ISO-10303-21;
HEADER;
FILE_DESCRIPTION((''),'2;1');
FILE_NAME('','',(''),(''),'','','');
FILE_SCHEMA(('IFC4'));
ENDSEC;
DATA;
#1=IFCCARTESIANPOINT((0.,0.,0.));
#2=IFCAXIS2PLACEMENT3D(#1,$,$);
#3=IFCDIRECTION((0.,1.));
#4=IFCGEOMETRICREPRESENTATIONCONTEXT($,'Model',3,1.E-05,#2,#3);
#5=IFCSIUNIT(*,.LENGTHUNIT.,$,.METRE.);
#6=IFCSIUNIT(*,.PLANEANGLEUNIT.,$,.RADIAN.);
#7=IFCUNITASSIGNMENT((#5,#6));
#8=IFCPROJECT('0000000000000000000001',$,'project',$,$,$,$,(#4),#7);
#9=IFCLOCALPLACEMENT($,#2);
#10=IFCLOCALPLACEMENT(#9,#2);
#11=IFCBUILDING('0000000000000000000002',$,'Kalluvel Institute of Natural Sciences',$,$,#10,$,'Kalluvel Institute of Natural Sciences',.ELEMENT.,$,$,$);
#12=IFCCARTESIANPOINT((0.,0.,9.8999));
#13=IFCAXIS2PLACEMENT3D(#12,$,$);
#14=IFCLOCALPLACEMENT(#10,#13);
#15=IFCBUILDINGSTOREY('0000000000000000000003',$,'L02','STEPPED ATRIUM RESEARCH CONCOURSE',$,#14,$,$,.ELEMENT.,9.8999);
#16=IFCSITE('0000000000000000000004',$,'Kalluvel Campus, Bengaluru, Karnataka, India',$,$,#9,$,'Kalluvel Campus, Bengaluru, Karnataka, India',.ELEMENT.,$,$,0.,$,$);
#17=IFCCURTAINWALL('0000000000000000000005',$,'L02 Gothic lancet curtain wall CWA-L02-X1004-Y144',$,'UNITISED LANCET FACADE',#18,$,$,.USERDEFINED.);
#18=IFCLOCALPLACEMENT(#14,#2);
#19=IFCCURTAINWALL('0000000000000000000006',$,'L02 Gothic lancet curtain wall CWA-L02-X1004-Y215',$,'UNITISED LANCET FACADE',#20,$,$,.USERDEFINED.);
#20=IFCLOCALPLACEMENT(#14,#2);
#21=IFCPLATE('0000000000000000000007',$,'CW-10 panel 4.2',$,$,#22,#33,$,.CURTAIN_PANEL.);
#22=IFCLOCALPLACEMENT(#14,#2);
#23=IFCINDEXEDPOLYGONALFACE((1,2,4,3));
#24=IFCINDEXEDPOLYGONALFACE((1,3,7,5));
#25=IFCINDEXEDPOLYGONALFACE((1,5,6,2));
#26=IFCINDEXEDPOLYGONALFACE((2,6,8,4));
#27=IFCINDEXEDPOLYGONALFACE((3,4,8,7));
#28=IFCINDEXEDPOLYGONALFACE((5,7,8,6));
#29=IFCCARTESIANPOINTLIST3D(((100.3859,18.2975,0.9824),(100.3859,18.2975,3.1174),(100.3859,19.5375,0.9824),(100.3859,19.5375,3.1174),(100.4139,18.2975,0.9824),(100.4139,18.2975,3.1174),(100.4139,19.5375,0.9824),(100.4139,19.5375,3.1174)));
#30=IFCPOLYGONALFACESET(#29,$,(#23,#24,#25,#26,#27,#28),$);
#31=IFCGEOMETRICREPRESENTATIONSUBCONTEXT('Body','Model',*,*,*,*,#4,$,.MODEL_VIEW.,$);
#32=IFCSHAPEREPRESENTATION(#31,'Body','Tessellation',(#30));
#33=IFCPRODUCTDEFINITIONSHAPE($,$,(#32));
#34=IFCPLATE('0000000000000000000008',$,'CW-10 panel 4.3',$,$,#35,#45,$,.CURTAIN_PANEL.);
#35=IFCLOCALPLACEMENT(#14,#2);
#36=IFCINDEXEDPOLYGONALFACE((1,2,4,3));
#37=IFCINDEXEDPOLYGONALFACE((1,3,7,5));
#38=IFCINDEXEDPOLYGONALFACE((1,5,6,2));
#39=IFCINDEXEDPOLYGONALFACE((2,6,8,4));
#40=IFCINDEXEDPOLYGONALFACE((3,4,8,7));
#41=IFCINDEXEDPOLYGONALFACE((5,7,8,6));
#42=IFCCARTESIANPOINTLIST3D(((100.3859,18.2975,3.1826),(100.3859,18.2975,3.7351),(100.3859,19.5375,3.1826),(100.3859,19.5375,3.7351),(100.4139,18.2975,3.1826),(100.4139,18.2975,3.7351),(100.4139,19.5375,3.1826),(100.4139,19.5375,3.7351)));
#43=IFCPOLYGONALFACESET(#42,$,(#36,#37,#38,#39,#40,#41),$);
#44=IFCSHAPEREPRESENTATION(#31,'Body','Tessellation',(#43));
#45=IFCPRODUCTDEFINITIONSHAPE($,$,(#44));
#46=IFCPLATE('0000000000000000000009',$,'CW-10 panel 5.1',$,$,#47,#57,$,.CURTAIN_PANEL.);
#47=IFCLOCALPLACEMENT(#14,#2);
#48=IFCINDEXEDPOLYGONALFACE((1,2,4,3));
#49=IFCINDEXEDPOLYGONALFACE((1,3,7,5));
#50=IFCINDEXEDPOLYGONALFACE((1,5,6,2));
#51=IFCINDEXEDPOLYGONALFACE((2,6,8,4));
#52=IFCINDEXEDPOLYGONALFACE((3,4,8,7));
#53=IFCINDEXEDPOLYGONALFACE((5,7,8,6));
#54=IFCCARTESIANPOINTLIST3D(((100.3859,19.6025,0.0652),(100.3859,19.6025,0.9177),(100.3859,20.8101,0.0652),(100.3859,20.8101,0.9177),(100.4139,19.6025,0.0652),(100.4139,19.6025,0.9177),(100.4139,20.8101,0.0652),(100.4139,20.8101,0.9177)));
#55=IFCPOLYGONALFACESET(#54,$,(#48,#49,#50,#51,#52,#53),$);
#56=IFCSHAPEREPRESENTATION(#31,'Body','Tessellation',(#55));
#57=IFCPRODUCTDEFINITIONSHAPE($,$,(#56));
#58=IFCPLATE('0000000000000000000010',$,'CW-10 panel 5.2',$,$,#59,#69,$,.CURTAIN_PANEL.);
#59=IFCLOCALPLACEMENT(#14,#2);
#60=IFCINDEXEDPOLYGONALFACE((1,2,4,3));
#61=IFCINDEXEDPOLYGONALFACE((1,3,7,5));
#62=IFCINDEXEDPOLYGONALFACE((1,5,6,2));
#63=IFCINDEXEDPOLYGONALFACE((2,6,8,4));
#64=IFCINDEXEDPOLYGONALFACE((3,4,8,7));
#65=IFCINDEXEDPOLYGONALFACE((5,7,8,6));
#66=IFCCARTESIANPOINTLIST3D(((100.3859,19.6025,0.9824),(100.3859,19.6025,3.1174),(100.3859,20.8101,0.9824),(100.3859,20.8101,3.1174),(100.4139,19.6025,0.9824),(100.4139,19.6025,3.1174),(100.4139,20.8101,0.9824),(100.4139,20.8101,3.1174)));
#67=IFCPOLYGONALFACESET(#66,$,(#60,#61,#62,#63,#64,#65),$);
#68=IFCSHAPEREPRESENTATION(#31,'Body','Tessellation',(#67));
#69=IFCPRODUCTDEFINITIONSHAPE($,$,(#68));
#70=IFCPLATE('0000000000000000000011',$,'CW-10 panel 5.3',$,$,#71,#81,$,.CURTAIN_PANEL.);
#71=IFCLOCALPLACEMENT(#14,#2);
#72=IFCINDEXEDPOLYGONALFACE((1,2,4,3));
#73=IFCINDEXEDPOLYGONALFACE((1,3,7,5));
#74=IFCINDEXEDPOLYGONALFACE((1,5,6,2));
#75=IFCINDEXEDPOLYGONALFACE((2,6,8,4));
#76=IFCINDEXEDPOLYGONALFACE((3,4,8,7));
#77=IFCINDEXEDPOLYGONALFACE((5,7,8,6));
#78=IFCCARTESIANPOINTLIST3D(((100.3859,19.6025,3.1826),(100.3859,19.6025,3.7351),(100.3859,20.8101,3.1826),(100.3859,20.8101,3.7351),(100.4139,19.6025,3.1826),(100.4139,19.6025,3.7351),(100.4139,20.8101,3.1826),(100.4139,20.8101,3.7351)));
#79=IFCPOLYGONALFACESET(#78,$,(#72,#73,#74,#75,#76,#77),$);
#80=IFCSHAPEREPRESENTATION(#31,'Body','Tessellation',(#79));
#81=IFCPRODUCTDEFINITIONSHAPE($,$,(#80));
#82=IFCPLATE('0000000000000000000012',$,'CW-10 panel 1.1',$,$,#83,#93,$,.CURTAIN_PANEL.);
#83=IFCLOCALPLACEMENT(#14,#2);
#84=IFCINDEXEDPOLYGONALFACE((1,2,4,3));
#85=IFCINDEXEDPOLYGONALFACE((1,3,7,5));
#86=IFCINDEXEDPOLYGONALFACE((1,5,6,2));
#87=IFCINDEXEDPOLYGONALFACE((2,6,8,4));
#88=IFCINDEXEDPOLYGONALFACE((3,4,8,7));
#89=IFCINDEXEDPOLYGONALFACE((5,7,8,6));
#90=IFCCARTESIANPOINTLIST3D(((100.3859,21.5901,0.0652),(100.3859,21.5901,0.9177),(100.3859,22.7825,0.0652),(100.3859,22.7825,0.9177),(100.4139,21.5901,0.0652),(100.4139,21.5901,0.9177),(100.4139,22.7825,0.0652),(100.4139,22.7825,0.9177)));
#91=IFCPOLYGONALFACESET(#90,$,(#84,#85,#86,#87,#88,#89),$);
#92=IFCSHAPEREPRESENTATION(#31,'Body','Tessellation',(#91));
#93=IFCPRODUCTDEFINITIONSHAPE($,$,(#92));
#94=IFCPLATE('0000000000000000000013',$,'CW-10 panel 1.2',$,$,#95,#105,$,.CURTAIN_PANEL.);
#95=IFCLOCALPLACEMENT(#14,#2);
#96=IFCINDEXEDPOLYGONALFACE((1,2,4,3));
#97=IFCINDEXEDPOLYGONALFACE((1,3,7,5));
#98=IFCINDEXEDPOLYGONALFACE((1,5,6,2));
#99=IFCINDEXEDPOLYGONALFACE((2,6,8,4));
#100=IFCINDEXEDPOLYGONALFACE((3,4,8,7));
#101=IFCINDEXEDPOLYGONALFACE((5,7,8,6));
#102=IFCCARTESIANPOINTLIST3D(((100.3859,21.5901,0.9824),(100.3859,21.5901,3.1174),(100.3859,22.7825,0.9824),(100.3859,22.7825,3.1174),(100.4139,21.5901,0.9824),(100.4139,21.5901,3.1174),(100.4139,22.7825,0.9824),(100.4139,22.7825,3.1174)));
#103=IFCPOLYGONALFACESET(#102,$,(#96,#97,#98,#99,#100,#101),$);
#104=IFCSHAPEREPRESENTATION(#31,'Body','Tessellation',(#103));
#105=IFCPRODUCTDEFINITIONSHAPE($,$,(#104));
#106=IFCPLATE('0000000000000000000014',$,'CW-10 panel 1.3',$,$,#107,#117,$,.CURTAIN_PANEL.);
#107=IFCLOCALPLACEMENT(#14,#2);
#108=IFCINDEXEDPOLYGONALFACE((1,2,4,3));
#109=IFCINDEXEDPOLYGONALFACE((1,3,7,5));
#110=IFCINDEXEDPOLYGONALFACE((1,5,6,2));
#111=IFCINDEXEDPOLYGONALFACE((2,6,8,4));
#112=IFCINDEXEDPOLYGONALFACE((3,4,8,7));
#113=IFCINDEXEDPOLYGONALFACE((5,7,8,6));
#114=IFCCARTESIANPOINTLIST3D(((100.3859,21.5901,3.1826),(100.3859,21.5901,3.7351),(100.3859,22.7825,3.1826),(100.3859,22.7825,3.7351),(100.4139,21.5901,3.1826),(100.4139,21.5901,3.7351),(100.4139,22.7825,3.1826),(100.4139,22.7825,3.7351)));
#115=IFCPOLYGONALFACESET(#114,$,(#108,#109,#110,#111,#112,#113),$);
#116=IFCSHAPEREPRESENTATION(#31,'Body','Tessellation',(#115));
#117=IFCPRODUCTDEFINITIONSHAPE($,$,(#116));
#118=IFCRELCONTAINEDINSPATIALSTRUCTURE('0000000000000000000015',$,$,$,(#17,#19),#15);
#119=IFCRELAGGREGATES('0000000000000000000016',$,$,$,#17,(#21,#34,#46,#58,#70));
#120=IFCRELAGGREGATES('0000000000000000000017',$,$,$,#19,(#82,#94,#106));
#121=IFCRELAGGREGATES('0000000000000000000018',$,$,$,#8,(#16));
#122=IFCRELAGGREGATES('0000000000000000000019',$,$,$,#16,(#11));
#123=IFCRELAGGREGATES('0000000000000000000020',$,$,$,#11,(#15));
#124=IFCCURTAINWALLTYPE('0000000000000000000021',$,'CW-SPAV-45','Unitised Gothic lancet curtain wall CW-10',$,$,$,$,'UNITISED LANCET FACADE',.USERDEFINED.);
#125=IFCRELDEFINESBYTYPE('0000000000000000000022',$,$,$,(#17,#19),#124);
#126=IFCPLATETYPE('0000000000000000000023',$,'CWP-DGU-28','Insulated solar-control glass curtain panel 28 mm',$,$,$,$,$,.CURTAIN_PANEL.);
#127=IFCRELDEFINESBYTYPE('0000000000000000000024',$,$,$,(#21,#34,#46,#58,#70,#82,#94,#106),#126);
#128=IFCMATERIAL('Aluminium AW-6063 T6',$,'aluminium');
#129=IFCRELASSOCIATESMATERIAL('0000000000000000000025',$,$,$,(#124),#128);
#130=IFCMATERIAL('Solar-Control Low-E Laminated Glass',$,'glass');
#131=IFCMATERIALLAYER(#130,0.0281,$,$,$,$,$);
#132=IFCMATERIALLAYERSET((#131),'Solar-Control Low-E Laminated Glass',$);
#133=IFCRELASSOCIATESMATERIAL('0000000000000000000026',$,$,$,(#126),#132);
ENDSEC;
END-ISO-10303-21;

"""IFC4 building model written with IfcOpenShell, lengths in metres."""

from ifc_helpers import new_model, si_unit, direction, frame, origin, origin_2d, place, context, subcontext, project, spatial, rectangle, extrude, material, layer, layer_set, type_object, element, aggregate, save


model = new_model("IFC4")

# Units and contexts
model_context = context("Model", 3, precision=1e-05, world=origin(), true_north=direction((0.0, 1.0)))
body_context = subcontext(model_context, "Body", "Model", "MODEL_VIEW")
ifc_project = project(units=[si_unit("LENGTHUNIT", "METRE"), si_unit("PLANEANGLEUNIT", "RADIAN")], contexts=[model_context])

# Site, building, storey
site_placement = place(None, origin())
site = spatial("IfcSite", under=ifc_project, at=site_placement, Name="Kalluvel Campus, Bengaluru, Karnataka, India", LongName="Kalluvel Campus, Bengaluru, Karnataka, India", CompositionType="ELEMENT", RefElevation=0.0)
building_placement = place(site_placement, origin())
building = spatial("IfcBuilding", under=site, at=building_placement, Name="Kalluvel Institute of Natural Sciences", LongName="Kalluvel Institute of Natural Sciences", CompositionType="ELEMENT")
storey_placement = place(building_placement, frame((0.0, 0.0, 9.8999)))
storey = spatial("IfcBuildingStorey", under=building, at=storey_placement, Name="L02", Description="STEPPED ATRIUM RESEARCH CONCOURSE", CompositionType="ELEMENT", Elevation=9.8999)

# Curtain walls
ifc_material_1 = material(Name="Aluminium AW-6063 T6", Category="aluminium")
curtain_wall_type = type_object("IfcCurtainWallType", Name="CW-SPAV-45", Description="Unitised Gothic lancet curtain wall CW-10", ElementType="UNITISED LANCET FACADE", PredefinedType="USERDEFINED", material=ifc_material_1)
curtain_wall_1_placement = place(storey_placement, origin())
curtain_wall_1 = element("IfcCurtainWall", 1, at=curtain_wall_1_placement, inside=storey, type_object=curtain_wall_type, Name="L02 Gothic lancet curtain wall CWA-L02-X1004-Y144", ObjectType="UNITISED LANCET FACADE", PredefinedType="USERDEFINED")
curtain_wall_2_placement = place(storey_placement, origin())
curtain_wall_2 = element("IfcCurtainWall", 2, at=curtain_wall_2_placement, inside=storey, type_object=curtain_wall_type, Name="L02 Gothic lancet curtain wall CWA-L02-X1004-Y215", ObjectType="UNITISED LANCET FACADE", PredefinedType="USERDEFINED")

# Plates
ifc_material_2 = material(Name="Solar-Control Low-E Laminated Glass", Category="glass")
ifc_layer = layer(ifc_material_2, 0.0281)
ifc_layer_set = layer_set([ifc_layer], Name="Solar-Control Low-E Laminated Glass")
plate_type = type_object("IfcPlateType", Name="CWP-DGU-28", Description="Insulated solar-control glass curtain panel 28 mm", PredefinedType="CURTAIN_PANEL", material=ifc_layer_set)
plate_1_placement = place(storey_placement, frame((100.3999, 18.9175, 0.9824), z_axis=(0.0, 0.0, 1.0), x_axis=(0.0, 1.0, 0.0)))
plate_1 = element("IfcPlate", 3, at=plate_1_placement, type_object=plate_type, Name="CW-10 panel 4.2", PredefinedType="CURTAIN_PANEL", context=body_context, shape_type="SweptSolid", body=[
    extrude(rectangle(XDim=1.24, YDim=0.0281, at=origin_2d()), origin(), (0.0, 0.0, 1.0), 2.135),
])
plate_2_placement = place(storey_placement, frame((100.3999, 18.9175, 3.1826), z_axis=(0.0, 0.0, 1.0), x_axis=(0.0, 1.0, 0.0)))
plate_2 = element("IfcPlate", 4, at=plate_2_placement, type_object=plate_type, Name="CW-10 panel 4.3", PredefinedType="CURTAIN_PANEL", context=body_context, shape_type="SweptSolid", body=[
    extrude(rectangle(XDim=1.24, YDim=0.0281, at=origin_2d()), origin(), (0.0, 0.0, 1.0), 0.5525),
])
plate_3_placement = place(storey_placement, frame((100.3999, 20.2063, 0.0652), z_axis=(0.0, 0.0, 1.0), x_axis=(0.0, 1.0, 0.0)))
plate_3 = element("IfcPlate", 5, at=plate_3_placement, type_object=plate_type, Name="CW-10 panel 5.1", PredefinedType="CURTAIN_PANEL", context=body_context, shape_type="SweptSolid", body=[
    extrude(rectangle(XDim=1.2075, YDim=0.0281, at=origin_2d()), origin(), (0.0, 0.0, 1.0), 0.8525),
])
plate_4_placement = place(storey_placement, frame((100.3999, 20.2063, 0.9824), z_axis=(0.0, 0.0, 1.0), x_axis=(0.0, 1.0, 0.0)))
plate_4 = element("IfcPlate", 6, at=plate_4_placement, type_object=plate_type, Name="CW-10 panel 5.2", PredefinedType="CURTAIN_PANEL", context=body_context, shape_type="SweptSolid", body=[
    extrude(rectangle(XDim=1.2075, YDim=0.0281, at=origin_2d()), origin(), (0.0, 0.0, 1.0), 2.135),
])
plate_5_placement = place(storey_placement, frame((100.3999, 20.2063, 3.1826), z_axis=(0.0, 0.0, 1.0), x_axis=(0.0, 1.0, 0.0)))
plate_5 = element("IfcPlate", 7, at=plate_5_placement, type_object=plate_type, Name="CW-10 panel 5.3", PredefinedType="CURTAIN_PANEL", context=body_context, shape_type="SweptSolid", body=[
    extrude(rectangle(XDim=1.2075, YDim=0.0281, at=origin_2d()), origin(), (0.0, 0.0, 1.0), 0.5525),
])
aggregate(curtain_wall_1, [plate_1, plate_2, plate_3, plate_4, plate_5])
plate_6_placement = place(storey_placement, frame((100.3999, 22.1863, 0.0652), z_axis=(0.0, 0.0, 1.0), x_axis=(0.0, 1.0, 0.0)))
plate_6 = element("IfcPlate", 8, at=plate_6_placement, type_object=plate_type, Name="CW-10 panel 1.1", PredefinedType="CURTAIN_PANEL", context=body_context, shape_type="SweptSolid", body=[
    extrude(rectangle(XDim=1.1924, YDim=0.0281, at=origin_2d()), origin(), (0.0, 0.0, 1.0), 0.8525),
])
plate_7_placement = place(storey_placement, frame((100.3999, 22.1863, 0.9824), z_axis=(0.0, 0.0, 1.0), x_axis=(0.0, 1.0, 0.0)))
plate_7 = element("IfcPlate", 9, at=plate_7_placement, type_object=plate_type, Name="CW-10 panel 1.2", PredefinedType="CURTAIN_PANEL", context=body_context, shape_type="SweptSolid", body=[
    extrude(rectangle(XDim=1.1924, YDim=0.0281, at=origin_2d()), origin(), (0.0, 0.0, 1.0), 2.135),
])
plate_8_placement = place(storey_placement, frame((100.3999, 22.1863, 3.1826), z_axis=(0.0, 0.0, 1.0), x_axis=(0.0, 1.0, 0.0)))
plate_8 = element("IfcPlate", 10, at=plate_8_placement, type_object=plate_type, Name="CW-10 panel 1.3", PredefinedType="CURTAIN_PANEL", context=body_context, shape_type="SweptSolid", body=[
    extrude(rectangle(XDim=1.1924, YDim=0.0281, at=origin_2d()), origin(), (0.0, 0.0, 1.0), 0.5525),
])
aggregate(curtain_wall_2, [plate_6, plate_7, plate_8])

save(model, "model.ifc")
